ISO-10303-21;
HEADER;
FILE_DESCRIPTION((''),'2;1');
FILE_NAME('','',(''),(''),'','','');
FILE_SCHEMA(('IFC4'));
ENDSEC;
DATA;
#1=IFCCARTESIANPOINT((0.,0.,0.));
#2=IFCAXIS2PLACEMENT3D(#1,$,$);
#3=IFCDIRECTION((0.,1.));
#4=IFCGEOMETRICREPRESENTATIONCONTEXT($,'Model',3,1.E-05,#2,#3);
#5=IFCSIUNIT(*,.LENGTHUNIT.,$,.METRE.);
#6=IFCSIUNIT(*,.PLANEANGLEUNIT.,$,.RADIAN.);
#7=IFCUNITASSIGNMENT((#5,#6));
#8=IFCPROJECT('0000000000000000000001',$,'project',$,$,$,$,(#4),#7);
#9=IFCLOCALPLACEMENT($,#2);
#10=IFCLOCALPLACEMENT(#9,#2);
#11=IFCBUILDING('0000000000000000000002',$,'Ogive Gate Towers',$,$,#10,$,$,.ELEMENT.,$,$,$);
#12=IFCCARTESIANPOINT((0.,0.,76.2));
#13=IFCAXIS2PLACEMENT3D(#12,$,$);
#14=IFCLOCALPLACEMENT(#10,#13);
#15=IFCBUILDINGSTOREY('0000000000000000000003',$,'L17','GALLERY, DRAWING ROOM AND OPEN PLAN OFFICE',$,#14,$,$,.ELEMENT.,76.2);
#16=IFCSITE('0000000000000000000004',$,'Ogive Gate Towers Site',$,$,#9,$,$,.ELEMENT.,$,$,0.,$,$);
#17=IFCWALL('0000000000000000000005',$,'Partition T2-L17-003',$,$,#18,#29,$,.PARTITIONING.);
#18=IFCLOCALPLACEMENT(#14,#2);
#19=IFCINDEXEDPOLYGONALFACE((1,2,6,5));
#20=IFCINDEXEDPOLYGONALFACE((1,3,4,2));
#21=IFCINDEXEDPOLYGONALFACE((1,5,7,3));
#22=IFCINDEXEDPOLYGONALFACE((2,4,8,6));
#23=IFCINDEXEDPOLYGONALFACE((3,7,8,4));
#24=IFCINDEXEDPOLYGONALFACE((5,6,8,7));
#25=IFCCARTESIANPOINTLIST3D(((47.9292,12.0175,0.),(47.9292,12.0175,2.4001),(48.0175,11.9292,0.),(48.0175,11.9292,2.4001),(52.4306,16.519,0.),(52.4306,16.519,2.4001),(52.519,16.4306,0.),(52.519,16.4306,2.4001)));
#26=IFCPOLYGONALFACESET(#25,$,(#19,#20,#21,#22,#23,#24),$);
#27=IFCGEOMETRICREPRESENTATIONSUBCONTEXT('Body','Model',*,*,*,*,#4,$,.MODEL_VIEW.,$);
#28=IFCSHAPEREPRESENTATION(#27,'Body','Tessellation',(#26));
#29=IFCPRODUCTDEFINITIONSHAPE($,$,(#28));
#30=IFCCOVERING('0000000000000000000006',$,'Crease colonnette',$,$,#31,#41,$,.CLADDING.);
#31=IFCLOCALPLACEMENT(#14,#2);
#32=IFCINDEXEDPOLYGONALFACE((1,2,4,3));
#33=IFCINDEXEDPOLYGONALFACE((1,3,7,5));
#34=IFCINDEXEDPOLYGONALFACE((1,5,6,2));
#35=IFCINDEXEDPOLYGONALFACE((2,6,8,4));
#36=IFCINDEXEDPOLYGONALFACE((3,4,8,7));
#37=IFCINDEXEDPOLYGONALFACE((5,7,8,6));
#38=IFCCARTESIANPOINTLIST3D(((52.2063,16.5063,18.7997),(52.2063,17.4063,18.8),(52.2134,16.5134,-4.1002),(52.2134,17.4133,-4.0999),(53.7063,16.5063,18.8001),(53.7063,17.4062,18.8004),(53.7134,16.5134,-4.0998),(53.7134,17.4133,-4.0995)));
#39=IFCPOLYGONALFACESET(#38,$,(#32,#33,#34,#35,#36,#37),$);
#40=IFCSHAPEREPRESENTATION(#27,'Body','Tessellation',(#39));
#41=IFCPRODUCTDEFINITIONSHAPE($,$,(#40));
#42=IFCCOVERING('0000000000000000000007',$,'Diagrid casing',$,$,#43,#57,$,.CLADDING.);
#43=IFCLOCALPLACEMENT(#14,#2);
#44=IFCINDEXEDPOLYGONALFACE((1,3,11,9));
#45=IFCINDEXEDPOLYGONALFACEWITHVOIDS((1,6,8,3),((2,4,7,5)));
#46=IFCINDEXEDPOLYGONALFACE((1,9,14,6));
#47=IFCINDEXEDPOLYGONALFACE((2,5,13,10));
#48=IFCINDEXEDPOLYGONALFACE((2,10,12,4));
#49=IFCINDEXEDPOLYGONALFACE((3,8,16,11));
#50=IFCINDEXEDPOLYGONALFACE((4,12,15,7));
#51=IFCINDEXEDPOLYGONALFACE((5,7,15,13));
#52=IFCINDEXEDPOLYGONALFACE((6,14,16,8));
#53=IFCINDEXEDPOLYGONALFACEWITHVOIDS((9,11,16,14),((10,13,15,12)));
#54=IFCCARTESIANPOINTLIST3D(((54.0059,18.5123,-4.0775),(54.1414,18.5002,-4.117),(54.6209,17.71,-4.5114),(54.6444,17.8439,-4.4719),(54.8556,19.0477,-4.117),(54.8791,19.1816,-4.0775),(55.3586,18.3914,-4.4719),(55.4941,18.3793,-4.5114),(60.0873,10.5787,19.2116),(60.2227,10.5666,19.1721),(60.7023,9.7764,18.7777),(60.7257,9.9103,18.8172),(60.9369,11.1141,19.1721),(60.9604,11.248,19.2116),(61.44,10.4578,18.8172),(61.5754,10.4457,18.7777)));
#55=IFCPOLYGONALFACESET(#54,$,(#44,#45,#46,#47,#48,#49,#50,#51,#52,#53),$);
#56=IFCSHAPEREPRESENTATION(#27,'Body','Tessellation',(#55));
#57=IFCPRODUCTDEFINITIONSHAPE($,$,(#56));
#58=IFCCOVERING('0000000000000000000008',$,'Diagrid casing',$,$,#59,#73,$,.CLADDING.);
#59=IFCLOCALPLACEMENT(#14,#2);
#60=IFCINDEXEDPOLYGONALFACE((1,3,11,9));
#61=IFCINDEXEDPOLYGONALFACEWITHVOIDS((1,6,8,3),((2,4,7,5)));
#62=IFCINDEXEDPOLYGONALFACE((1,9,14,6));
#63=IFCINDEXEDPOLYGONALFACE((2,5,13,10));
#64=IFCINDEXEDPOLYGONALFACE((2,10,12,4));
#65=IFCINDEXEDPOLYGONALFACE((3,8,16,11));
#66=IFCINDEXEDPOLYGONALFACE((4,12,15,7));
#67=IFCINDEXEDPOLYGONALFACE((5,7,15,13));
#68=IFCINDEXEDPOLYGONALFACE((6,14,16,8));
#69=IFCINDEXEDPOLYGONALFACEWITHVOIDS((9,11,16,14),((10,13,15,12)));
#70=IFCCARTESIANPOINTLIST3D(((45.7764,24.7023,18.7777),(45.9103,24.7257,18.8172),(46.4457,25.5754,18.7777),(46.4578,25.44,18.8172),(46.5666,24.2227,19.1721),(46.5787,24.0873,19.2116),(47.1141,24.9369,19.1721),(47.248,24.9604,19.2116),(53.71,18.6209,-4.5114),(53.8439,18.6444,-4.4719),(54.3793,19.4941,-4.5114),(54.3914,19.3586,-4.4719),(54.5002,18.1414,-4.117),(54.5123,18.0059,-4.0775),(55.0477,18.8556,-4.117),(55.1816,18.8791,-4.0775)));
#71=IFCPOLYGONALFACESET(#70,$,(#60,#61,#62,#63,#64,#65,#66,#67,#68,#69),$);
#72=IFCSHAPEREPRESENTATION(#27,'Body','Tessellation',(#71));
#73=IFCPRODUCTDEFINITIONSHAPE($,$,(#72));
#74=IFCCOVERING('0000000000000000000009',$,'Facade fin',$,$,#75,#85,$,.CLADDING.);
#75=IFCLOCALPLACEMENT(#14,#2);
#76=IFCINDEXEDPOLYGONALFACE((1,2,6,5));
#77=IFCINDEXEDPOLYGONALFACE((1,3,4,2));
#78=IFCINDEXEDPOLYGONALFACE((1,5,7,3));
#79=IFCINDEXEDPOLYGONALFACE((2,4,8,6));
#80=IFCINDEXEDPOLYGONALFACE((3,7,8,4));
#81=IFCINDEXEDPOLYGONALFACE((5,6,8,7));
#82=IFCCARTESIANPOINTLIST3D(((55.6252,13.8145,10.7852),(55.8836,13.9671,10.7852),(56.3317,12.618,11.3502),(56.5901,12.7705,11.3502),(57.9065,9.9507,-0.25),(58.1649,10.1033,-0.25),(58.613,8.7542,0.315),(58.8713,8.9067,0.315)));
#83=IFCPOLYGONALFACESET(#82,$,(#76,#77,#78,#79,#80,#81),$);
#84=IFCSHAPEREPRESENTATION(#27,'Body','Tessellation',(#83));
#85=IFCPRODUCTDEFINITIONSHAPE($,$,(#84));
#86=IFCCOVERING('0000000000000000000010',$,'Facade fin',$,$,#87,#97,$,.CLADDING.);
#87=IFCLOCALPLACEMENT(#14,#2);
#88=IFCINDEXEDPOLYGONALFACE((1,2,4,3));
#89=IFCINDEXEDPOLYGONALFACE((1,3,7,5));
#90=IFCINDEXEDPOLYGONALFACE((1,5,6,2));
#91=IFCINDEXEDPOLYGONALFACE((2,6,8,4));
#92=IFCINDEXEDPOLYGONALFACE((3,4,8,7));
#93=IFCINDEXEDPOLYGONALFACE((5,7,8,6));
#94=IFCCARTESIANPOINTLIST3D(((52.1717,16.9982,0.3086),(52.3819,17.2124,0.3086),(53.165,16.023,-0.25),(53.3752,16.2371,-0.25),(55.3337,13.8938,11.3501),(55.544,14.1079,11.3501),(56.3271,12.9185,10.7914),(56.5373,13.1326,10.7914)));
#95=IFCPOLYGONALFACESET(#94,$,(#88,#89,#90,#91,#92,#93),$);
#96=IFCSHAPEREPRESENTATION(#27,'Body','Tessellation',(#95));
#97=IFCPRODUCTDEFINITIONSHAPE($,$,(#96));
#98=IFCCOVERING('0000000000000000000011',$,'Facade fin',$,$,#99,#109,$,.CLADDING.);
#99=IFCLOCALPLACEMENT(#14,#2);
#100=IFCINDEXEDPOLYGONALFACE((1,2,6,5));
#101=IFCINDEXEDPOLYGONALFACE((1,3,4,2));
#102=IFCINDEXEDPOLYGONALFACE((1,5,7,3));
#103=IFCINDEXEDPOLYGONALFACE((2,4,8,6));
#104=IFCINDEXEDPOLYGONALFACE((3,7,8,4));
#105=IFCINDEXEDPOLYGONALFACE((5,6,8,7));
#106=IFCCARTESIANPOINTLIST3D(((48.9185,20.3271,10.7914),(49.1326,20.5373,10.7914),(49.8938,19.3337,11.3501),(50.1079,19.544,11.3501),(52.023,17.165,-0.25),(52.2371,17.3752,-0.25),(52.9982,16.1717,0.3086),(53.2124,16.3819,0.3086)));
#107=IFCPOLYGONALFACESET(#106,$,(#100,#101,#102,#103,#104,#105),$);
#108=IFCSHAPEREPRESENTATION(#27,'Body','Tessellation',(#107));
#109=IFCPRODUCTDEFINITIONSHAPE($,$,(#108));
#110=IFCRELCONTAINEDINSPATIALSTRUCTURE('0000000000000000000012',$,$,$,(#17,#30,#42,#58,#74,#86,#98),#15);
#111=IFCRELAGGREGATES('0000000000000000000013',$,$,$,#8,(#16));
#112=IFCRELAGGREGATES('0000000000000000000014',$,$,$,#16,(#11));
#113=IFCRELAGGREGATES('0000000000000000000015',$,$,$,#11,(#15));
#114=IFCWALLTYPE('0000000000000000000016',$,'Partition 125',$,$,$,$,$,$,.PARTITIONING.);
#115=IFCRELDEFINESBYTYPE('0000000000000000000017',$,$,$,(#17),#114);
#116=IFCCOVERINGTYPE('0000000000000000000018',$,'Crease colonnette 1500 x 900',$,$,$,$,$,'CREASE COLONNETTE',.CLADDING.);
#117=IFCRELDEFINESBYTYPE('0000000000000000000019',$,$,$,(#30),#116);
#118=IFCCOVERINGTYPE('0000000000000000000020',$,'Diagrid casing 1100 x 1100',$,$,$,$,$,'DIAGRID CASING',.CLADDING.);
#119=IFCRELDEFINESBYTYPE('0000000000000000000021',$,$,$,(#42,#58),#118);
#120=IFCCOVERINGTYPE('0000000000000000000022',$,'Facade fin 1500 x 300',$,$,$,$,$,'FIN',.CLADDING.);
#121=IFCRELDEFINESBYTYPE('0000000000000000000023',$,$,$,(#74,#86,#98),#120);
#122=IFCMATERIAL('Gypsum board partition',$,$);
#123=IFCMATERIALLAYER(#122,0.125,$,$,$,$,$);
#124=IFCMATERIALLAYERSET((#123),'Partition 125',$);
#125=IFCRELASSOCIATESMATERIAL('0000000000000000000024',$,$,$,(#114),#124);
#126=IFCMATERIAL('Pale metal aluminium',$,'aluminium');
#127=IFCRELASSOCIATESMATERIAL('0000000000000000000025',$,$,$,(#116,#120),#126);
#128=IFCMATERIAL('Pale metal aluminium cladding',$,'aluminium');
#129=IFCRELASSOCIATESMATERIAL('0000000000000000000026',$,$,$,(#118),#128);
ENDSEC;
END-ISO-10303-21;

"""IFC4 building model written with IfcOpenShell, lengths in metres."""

from ifc_helpers import new_model, si_unit, direction, frame, frame_2d, origin, origin_2d, place, context, subcontext, project, spatial, rectangle, hollow_rectangle, extrude, material, layer, layer_set, material_profile, profile_set, type_object, element, save


model = new_model("IFC4")

# Units and contexts
model_context = context("Model", 3, precision=1e-05, world=origin(), true_north=direction((0.0, 1.0)))
body_context = subcontext(model_context, "Body", "Model", "MODEL_VIEW")
ifc_project = project(units=[si_unit("LENGTHUNIT", "METRE"), si_unit("PLANEANGLEUNIT", "RADIAN")], contexts=[model_context])

# Site, building, storey
site_placement = place(None, origin())
site = spatial("IfcSite", under=ifc_project, at=site_placement, Name="Ogive Gate Towers Site", CompositionType="ELEMENT", RefElevation=0.0)
building_placement = place(site_placement, origin())
building = spatial("IfcBuilding", under=site, at=building_placement, Name="Ogive Gate Towers", CompositionType="ELEMENT")
storey_placement = place(building_placement, frame((0.0, 0.0, 76.2)))
storey = spatial("IfcBuildingStorey", under=building, at=storey_placement, Name="L17", Description="GALLERY, DRAWING ROOM AND OPEN PLAN OFFICE", CompositionType="ELEMENT", Elevation=76.2)

# Shared definitions
ifc_material_1 = material(Name="Pale metal aluminium", Category="aluminium")

# Wall
ifc_material_2 = material(Name="Gypsum board partition")
ifc_layer_1 = layer(ifc_material_2, 0.125)
ifc_layer_set_1 = layer_set([ifc_layer_1], Name="Partition 125")
wall_type = type_object("IfcWallType", Name="Partition 125", PredefinedType="PARTITIONING", material=ifc_layer_set_1)
wall_placement = place(storey_placement, frame((52.4749, 16.4749, 0.0), z_axis=(0.0, 0.0, 1.0), x_axis=(-0.707107, -0.707107, 0.0)))
element("IfcWall", 1, at=wall_placement, inside=storey, type_object=wall_type, Name="Partition T2-L17-003", PredefinedType="PARTITIONING", context=body_context, shape_type="SweptSolid", body=[
    extrude(rectangle(XDim=6.366, YDim=0.125, at=frame_2d((3.1831, 0.0))), origin(), (0.0, 0.0, 1.0), 2.4001),
])

# Coverings
ifc_material_profile_1 = material_profile(ifc_material_1, rectangle(XDim=1.5, YDim=0.8999, at=origin_2d()), Name="1500 x 900 pale metal aluminium")
ifc_profile_set_1 = profile_set([ifc_material_profile_1], Name="Pale metal aluminium")
covering_type_1 = type_object("IfcCoveringType", Name="Crease colonnette 1500 x 900", ElementType="CREASE COLONNETTE", PredefinedType="CLADDING", material=ifc_profile_set_1)
covering_1_placement = place(storey_placement, frame((52.9634, 16.9634, -4.0999), z_axis=(-0.000309, -0.000309, 1.0), x_axis=(1.0, 0.0, 0.0)))
element("IfcCovering", 2, at=covering_1_placement, inside=storey, type_object=covering_type_1, Name="Crease colonnette", PredefinedType="CLADDING", context=body_context, shape_type="SweptSolid", body=[
    extrude(rectangle(XDim=1.5, YDim=0.8999, at=origin_2d()), origin(), (0.0, 0.0, 1.0), 22.8999),
])
ifc_material_3 = material(Name="Pale metal aluminium cladding", Category="aluminium")
ifc_material_profile_2 = material_profile(ifc_material_3, hollow_rectangle(XDim=1.1001, YDim=1.1001, WallThickness=0.1001, at=origin_2d()), Name="1100 x 1100 pale metal casing")
ifc_profile_set_2 = profile_set([ifc_material_profile_2], Name="Pale metal aluminium cladding")
covering_type_2 = type_object("IfcCoveringType", Name="Diagrid casing 1100 x 1100", ElementType="DIAGRID CASING", PredefinedType="CLADDING", material=ifc_profile_set_2)
for number, where, z_axis, x_axis, name in (
    (3, (54.75, 18.4458, -4.2944), (0.239953, -0.31304, 0.918928), (0.793661, 0.608361, 0.0), "Diagrid casing"),
    (4, (54.4458, 18.75, -4.2944), (-0.31304, 0.239953, 0.918928), (-0.608361, -0.793661, 0.0), "Diagrid casing"),
):
    element("IfcCovering", number, at=place(storey_placement, frame(where, z_axis=z_axis, x_axis=x_axis)), inside=storey, type_object=covering_type_2, Name=name, PredefinedType="CLADDING", context=body_context, shape_type="SweptSolid", body=[
        extrude(hollow_rectangle(XDim=1.1001, YDim=1.1001, WallThickness=0.1001, at=origin_2d()), origin(), (0.0, 0.0, 1.0), 25.3438),
    ])
ifc_material_profile_3 = material_profile(ifc_material_1, rectangle(XDim=0.3, YDim=1.5, at=origin_2d()), Name="1500 x 300 pale metal aluminium")
ifc_profile_set_3 = profile_set([ifc_material_profile_3], Name="Pale metal aluminium")
covering_type_3 = type_object("IfcCoveringType", Name="Facade fin 1500 x 300", ElementType="FIN", PredefinedType="CLADDING", material=ifc_profile_set_3)
covering_2_placement = place(storey_placement, frame((58.3889, 9.4287, 0.0325), z_axis=(-0.191501, 0.324346, 0.926352), x_axis=(-0.861111, -0.508418, 0.0)))
element("IfcCovering", 5, at=covering_2_placement, inside=storey, type_object=covering_type_3, Name="Facade fin", PredefinedType="CLADDING", context=body_context, shape_type="SweptSolid", body=[
    extrude(rectangle(XDim=0.3, YDim=1.5, at=origin_2d()), origin(), (0.0, 0.0, 1.0), 11.9126),
])
for number, where, z_axis, x_axis, name in (
    (6, (52.7734, 16.6177, 0.0293), (0.265778, -0.260935, 0.928049), (0.700576, 0.713578, 0.0), "Facade fin"),
    (7, (52.6177, 16.7734, 0.0293), (-0.260935, 0.265778, 0.928049), (-0.713578, -0.700576, 0.0), "Facade fin"),
):
    element("IfcCovering", number, at=place(storey_placement, frame(where, z_axis=z_axis, x_axis=x_axis)), inside=storey, type_object=covering_type_3, Name=name, PredefinedType="CLADDING", context=body_context, shape_type="SweptSolid", body=[
        extrude(rectangle(XDim=0.3, YDim=1.5, at=origin_2d()), origin(), (0.0, 0.0, 1.0), 11.8975),
    ])

save(model, "model.ifc")
